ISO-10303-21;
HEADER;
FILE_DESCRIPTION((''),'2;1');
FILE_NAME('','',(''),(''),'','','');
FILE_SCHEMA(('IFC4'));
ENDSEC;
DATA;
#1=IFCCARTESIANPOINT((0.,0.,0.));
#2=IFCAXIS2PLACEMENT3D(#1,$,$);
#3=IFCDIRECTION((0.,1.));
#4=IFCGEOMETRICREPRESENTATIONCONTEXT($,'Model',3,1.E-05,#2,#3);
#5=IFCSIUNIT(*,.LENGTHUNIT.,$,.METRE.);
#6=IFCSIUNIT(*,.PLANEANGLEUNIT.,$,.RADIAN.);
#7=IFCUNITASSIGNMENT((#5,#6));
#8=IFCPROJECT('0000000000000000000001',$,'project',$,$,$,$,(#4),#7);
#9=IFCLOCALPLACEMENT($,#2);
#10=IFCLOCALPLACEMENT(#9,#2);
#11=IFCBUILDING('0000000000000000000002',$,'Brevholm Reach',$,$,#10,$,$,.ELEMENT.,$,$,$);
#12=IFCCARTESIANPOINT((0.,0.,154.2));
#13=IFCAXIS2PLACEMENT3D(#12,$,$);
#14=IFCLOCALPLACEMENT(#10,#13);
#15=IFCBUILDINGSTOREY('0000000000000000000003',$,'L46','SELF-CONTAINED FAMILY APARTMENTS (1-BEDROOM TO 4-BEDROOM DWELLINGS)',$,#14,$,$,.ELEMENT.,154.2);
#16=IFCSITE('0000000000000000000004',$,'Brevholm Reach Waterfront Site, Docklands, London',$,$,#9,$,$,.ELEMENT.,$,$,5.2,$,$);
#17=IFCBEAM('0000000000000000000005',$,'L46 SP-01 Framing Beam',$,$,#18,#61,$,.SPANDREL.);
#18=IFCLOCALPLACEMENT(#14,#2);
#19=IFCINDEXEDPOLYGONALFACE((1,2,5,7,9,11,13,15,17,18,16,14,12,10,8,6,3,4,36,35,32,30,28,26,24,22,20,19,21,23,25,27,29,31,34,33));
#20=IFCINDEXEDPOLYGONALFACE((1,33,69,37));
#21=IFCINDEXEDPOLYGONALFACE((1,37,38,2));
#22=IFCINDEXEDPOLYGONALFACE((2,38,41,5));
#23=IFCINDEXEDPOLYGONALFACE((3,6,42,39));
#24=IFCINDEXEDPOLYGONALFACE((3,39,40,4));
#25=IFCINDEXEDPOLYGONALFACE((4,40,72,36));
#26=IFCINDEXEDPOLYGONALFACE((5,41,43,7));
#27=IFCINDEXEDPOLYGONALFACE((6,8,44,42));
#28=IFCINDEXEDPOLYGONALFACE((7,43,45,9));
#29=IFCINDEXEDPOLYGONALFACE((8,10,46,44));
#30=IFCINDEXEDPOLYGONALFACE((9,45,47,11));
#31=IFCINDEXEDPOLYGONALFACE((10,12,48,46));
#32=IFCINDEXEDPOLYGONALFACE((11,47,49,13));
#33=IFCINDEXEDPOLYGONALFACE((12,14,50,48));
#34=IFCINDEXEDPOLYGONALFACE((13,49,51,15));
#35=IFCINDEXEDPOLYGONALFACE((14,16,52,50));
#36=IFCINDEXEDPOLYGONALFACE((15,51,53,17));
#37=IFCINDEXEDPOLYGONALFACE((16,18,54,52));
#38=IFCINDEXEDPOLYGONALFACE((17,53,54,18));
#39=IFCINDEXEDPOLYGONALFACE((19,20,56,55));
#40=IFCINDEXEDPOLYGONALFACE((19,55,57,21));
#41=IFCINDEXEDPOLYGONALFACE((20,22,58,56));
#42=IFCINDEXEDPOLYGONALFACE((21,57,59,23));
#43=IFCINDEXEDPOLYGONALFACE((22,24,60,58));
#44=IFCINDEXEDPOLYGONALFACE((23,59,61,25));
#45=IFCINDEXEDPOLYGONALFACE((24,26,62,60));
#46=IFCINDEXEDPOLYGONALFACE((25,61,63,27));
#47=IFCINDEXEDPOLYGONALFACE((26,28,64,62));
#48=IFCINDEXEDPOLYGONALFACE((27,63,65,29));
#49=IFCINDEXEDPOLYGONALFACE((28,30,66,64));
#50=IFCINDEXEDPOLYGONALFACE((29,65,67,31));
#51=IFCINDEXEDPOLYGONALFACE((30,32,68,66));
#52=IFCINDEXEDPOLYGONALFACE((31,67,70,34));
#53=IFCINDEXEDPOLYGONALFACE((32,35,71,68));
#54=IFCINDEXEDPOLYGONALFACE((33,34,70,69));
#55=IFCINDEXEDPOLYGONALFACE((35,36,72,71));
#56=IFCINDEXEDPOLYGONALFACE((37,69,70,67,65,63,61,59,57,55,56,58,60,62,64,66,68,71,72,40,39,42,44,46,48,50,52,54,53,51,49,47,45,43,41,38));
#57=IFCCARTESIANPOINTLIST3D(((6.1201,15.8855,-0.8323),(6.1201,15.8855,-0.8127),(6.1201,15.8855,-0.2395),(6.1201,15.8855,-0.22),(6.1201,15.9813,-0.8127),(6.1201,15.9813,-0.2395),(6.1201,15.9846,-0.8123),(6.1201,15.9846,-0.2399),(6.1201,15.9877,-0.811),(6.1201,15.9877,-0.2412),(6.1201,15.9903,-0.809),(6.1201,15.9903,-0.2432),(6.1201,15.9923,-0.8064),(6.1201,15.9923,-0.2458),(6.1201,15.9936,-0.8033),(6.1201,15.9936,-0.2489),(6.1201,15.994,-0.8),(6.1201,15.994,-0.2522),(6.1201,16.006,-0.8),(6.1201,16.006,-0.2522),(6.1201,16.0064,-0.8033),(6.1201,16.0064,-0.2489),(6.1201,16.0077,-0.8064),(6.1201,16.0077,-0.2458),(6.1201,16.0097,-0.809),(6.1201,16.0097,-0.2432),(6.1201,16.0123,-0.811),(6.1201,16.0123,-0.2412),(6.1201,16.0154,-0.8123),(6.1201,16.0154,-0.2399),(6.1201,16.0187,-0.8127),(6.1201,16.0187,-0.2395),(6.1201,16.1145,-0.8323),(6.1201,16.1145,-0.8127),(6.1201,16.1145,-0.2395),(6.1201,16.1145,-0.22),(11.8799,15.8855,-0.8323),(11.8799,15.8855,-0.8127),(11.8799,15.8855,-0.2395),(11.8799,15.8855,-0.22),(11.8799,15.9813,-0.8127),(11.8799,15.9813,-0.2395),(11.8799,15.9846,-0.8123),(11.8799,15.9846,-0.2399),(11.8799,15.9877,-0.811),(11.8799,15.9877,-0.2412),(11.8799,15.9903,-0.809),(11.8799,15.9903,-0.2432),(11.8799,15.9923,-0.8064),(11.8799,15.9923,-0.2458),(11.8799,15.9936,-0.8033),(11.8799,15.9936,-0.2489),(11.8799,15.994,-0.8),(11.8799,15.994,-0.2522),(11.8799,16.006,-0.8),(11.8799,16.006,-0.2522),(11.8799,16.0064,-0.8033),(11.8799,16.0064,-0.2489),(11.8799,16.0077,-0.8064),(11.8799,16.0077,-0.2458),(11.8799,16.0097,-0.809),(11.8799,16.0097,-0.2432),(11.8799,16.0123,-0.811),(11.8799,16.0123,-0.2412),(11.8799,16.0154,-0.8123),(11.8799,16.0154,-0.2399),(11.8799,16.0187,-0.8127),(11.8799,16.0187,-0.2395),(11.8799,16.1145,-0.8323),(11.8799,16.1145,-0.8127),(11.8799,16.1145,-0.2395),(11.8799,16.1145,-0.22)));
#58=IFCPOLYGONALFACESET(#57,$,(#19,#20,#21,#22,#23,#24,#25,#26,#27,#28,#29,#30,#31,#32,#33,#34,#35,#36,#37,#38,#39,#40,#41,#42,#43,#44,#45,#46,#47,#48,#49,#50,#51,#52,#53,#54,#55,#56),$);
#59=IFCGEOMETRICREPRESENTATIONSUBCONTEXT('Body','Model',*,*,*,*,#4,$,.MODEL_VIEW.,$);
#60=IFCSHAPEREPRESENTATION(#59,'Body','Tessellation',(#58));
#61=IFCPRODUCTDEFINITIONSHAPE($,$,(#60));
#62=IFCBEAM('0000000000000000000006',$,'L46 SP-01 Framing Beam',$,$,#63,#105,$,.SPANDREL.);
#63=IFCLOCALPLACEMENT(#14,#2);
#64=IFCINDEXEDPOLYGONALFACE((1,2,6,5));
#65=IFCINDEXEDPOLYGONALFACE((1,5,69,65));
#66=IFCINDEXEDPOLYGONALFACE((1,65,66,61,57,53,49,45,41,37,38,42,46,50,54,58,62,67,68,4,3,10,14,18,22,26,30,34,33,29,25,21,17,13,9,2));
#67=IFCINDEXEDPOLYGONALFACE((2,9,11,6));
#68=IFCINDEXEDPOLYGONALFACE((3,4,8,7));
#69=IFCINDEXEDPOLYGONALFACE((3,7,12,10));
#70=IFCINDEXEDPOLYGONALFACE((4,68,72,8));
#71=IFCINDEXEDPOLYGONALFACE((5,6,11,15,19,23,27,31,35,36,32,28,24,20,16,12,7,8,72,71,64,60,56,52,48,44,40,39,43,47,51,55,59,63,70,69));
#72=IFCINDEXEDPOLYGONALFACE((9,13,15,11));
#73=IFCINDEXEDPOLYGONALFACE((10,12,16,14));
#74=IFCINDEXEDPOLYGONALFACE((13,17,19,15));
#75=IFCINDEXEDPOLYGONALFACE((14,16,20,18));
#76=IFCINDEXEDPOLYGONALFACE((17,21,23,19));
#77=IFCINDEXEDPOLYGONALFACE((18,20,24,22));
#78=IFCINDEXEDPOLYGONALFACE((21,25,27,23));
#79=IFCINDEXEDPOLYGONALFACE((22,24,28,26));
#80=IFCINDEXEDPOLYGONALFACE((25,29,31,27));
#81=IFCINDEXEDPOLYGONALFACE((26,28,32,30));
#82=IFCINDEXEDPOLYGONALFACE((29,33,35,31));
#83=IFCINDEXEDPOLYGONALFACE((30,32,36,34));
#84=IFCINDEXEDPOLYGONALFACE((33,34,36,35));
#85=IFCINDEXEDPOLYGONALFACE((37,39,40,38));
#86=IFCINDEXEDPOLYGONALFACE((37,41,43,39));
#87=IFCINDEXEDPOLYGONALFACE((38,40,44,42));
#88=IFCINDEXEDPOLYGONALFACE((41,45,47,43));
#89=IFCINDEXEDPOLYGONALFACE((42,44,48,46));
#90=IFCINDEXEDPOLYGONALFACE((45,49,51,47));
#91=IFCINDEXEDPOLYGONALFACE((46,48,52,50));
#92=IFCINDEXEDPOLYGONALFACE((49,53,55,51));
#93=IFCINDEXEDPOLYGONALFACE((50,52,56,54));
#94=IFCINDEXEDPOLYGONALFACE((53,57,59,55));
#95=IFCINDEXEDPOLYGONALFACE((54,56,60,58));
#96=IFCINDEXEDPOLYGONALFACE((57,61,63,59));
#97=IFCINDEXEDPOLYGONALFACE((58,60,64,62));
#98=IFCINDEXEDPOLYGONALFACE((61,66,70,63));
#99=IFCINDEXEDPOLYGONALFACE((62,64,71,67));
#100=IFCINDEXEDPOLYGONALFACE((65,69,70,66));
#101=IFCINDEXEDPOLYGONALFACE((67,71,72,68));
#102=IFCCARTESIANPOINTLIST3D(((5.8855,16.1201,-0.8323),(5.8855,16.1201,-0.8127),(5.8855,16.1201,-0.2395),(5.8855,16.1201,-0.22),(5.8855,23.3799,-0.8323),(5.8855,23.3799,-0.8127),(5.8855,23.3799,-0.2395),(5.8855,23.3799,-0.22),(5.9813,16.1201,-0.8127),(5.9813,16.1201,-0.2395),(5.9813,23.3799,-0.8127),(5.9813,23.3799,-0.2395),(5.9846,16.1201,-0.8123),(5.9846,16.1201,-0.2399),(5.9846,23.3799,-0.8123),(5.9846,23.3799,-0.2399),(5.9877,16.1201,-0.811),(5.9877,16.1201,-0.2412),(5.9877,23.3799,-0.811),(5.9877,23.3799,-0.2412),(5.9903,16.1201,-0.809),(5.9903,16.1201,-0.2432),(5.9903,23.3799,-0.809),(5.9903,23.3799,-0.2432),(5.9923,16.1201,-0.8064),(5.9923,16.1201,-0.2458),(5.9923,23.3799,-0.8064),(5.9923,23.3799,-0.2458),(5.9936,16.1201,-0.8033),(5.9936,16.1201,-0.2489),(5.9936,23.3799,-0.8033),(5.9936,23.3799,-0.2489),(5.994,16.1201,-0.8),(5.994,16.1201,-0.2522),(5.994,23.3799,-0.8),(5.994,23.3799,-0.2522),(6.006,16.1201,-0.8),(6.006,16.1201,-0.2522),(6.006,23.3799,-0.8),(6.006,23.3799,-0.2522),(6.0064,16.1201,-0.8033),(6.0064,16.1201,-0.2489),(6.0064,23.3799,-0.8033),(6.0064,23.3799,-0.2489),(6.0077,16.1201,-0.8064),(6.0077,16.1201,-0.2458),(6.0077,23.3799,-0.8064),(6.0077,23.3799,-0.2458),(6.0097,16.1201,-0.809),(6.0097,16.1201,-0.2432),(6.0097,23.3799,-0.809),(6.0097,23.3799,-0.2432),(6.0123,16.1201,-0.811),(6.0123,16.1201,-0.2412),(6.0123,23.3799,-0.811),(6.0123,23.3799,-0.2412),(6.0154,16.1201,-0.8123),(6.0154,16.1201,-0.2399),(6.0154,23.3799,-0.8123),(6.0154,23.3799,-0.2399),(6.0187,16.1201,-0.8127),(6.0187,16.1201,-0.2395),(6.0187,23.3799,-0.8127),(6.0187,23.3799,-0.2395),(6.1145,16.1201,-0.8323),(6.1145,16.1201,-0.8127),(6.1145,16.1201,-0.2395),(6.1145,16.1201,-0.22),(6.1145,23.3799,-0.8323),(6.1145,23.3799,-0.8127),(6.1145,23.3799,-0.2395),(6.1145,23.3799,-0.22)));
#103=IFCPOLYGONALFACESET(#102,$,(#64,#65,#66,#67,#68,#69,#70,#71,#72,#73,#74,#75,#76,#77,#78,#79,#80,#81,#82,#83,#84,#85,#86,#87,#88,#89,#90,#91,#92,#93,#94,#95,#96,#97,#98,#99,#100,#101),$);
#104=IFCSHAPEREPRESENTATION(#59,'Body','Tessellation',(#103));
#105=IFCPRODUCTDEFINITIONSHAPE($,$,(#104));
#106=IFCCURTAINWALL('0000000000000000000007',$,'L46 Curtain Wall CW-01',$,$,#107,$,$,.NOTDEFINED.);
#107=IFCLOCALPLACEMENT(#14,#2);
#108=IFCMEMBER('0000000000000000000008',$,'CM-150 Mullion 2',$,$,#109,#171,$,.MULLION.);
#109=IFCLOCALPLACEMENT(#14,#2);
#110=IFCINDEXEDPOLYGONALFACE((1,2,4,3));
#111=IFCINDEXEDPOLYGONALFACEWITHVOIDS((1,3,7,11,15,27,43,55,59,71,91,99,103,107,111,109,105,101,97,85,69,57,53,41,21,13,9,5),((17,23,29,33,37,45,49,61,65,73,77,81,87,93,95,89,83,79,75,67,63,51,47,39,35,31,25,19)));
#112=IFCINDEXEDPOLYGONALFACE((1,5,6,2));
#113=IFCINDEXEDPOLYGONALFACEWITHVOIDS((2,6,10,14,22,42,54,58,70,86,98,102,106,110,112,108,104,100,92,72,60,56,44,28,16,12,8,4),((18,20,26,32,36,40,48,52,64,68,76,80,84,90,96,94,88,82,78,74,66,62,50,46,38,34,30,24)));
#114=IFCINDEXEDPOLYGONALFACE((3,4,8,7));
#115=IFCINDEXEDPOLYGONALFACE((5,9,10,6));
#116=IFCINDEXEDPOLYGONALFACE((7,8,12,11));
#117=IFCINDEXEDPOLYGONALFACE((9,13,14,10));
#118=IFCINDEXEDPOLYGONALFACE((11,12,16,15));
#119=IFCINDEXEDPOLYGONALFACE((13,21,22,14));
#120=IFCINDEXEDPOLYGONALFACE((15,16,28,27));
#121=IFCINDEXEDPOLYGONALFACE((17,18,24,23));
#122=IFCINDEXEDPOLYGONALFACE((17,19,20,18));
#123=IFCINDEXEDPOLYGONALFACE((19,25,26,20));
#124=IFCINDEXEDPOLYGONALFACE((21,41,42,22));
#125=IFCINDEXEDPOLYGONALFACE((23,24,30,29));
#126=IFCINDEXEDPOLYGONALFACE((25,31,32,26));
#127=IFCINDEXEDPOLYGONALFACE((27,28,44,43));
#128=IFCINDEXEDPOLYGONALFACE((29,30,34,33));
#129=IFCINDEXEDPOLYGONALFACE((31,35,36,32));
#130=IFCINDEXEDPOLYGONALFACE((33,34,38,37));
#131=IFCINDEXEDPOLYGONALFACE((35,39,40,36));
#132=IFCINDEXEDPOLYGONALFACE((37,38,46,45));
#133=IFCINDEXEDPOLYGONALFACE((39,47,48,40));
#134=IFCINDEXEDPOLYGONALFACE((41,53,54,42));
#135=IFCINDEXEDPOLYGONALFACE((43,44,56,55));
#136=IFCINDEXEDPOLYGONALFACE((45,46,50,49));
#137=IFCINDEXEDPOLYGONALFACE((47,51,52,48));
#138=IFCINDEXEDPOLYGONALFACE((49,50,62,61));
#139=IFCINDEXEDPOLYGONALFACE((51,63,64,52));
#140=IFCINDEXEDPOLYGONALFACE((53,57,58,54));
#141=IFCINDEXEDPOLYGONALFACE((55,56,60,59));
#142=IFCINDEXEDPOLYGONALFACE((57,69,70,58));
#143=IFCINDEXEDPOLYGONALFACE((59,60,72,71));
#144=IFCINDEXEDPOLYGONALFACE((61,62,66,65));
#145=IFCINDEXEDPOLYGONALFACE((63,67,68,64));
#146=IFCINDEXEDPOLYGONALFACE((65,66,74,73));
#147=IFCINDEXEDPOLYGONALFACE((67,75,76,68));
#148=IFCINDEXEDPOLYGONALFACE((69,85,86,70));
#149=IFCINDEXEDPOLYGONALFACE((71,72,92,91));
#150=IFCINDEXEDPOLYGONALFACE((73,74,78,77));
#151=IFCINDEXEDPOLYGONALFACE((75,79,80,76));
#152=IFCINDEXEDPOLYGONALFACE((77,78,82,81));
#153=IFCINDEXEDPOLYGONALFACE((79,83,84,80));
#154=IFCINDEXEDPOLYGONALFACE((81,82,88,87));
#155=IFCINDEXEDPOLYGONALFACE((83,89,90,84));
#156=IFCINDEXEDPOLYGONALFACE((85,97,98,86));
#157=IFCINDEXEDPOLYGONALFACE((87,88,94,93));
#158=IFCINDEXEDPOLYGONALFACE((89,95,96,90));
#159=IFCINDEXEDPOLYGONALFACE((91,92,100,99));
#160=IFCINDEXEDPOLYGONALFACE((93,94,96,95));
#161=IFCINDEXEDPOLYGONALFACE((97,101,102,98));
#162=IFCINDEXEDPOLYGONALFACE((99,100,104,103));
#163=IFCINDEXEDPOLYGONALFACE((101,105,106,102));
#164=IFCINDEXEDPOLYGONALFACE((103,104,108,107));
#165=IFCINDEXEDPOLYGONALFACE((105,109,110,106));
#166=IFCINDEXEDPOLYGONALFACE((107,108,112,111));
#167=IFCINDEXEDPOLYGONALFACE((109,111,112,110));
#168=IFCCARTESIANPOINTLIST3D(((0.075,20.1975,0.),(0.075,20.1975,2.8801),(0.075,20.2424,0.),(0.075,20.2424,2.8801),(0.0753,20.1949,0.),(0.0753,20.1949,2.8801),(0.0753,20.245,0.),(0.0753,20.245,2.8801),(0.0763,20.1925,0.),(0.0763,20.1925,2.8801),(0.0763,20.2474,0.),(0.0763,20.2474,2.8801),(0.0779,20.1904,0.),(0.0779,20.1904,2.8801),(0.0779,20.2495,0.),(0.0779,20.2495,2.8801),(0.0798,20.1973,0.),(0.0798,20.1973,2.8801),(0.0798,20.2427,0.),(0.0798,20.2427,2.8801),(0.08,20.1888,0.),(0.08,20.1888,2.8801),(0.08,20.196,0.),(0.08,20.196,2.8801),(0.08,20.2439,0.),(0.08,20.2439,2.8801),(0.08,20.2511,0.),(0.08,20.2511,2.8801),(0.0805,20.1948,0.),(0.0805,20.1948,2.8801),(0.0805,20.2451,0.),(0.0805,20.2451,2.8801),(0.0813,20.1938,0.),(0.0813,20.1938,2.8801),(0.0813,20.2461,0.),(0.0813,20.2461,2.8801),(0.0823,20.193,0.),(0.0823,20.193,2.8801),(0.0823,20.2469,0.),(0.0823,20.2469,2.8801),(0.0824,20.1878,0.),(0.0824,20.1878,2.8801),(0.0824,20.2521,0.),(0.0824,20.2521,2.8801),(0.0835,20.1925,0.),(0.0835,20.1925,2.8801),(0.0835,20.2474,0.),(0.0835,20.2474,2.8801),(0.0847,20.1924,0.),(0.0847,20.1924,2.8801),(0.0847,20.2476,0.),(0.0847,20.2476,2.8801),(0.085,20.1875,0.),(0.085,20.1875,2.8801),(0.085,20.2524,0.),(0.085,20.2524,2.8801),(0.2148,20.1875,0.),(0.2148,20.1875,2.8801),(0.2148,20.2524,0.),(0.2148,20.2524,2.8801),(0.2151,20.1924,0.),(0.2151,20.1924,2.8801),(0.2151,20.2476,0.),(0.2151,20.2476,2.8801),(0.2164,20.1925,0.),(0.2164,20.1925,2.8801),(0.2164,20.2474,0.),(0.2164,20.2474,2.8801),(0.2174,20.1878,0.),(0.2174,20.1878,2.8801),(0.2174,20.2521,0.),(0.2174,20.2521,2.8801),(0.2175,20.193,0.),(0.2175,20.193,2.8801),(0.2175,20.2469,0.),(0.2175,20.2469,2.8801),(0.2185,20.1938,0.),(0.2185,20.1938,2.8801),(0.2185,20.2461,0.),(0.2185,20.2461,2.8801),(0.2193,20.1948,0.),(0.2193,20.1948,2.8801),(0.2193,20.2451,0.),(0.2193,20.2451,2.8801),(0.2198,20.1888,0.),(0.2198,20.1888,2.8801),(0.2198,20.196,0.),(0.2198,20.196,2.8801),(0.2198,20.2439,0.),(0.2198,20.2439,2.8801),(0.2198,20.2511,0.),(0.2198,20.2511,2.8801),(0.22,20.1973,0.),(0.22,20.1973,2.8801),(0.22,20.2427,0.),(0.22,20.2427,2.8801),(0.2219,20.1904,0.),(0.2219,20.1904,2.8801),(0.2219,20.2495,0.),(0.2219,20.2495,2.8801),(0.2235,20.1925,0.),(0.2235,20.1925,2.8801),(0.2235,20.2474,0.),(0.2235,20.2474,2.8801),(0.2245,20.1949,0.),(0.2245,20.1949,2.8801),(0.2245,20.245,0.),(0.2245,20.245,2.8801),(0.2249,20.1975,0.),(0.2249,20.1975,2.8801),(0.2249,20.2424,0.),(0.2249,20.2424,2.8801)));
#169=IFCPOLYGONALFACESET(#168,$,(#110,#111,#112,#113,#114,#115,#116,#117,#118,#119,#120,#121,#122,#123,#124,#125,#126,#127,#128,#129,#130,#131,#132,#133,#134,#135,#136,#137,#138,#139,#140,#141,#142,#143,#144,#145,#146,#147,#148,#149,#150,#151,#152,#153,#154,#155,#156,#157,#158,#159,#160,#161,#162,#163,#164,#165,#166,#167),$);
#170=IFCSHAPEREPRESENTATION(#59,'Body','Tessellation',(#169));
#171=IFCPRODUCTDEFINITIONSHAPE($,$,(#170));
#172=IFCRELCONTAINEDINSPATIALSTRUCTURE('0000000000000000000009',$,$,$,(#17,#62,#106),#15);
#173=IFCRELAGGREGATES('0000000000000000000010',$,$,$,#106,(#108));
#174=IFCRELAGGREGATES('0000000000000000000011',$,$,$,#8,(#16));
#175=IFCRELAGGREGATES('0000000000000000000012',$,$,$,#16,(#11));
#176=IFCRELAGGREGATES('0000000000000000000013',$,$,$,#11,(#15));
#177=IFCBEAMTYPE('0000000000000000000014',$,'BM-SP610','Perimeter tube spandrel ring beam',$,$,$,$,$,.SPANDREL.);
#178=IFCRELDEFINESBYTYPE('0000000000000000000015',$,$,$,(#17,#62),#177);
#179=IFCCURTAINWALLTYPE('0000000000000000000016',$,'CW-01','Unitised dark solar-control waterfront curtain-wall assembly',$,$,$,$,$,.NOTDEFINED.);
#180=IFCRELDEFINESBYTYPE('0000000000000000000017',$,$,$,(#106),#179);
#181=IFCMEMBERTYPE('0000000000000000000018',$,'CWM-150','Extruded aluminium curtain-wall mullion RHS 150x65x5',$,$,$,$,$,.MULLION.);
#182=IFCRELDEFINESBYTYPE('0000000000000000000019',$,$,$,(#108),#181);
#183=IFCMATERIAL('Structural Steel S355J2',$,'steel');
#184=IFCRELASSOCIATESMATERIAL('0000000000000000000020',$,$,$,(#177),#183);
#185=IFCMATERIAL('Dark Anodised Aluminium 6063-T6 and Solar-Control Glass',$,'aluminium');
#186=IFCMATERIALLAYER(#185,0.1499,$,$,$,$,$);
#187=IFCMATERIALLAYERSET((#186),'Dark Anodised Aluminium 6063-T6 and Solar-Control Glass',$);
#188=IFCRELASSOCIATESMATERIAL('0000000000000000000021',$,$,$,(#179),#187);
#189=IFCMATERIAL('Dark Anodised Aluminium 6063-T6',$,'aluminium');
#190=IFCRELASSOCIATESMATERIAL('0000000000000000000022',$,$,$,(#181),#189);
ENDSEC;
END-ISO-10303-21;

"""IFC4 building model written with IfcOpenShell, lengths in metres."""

from ifc_helpers import new_model, si_unit, direction, frame, origin, origin_2d, place, context, subcontext, project, spatial, hollow_rectangle, i_section, extrude, material, layer, layer_set, material_profile, profile_set, type_object, element, aggregate, save


model = new_model("IFC4")

# Units and contexts
model_context = context("Model", 3, precision=1e-05, world=origin(), true_north=direction((0.0, 1.0)))
body_context = subcontext(model_context, "Body", "Model", "MODEL_VIEW")
ifc_project = project(units=[si_unit("LENGTHUNIT", "METRE"), si_unit("PLANEANGLEUNIT", "RADIAN")], contexts=[model_context])

# Site, building, storey
site_placement = place(None, origin())
site = spatial("IfcSite", under=ifc_project, at=site_placement, Name="Brevholm Reach Waterfront Site, Docklands, London", CompositionType="ELEMENT", RefElevation=5.2)
building_placement = place(site_placement, origin())
building = spatial("IfcBuilding", under=site, at=building_placement, Name="Brevholm Reach", CompositionType="ELEMENT")
storey_placement = place(building_placement, frame((0.0, 0.0, 154.2)))
storey = spatial("IfcBuildingStorey", under=building, at=storey_placement, Name="L46", Description="SELF-CONTAINED FAMILY APARTMENTS (1-BEDROOM TO 4-BEDROOM DWELLINGS)", CompositionType="ELEMENT", Elevation=154.2)

# Beams
ifc_material_1 = material(Name="Structural Steel S355J2", Category="steel")
ifc_material_profile_1 = material_profile(ifc_material_1, i_section(OverallWidth=0.229, OverallDepth=0.6123, WebThickness=0.012, FlangeThickness=0.0195, FilletRadius=0.0127, at=origin_2d()), Name="UKB 610x229x125")
ifc_profile_set_1 = profile_set([ifc_material_profile_1], Name="Structural Steel S355J2")
beam_type_1 = type_object("IfcBeamType", Name="BM-SP610", Description="Perimeter tube spandrel ring beam", PredefinedType="SPANDREL", material=ifc_profile_set_1)
beam_1_placement = place(storey_placement, frame((6.1201, 16.0, -0.5261), z_axis=(1.0, 0.0, 0.0), x_axis=(0.0, 1.0, 0.0)))
element("IfcBeam", 1, at=beam_1_placement, inside=storey, type_object=beam_type_1, Name="L46 SP-01 Framing Beam", PredefinedType="SPANDREL", context=body_context, shape_type="SweptSolid", body=[
    extrude(i_section(OverallWidth=0.229, OverallDepth=0.6123, WebThickness=0.012, FlangeThickness=0.0195, FilletRadius=0.0127, at=origin_2d()), origin(), (0.0, 0.0, 1.0), 5.7598),
])
beam_2_placement = place(storey_placement, frame((6.0, 16.1201, -0.5261), z_axis=(0.0, 1.0, 0.0), x_axis=(-1.0, 0.0, 0.0)))
element("IfcBeam", 2, at=beam_2_placement, inside=storey, type_object=beam_type_1, Name="L46 SP-01 Framing Beam", PredefinedType="SPANDREL", context=body_context, shape_type="SweptSolid", body=[
    extrude(i_section(OverallWidth=0.229, OverallDepth=0.6123, WebThickness=0.012, FlangeThickness=0.0195, FilletRadius=0.0127, at=origin_2d()), origin(), (0.0, 0.0, 1.0), 7.2598),
])

# Curtain wall, member
ifc_material_2 = material(Name="Dark Anodised Aluminium 6063-T6 and Solar-Control Glass", Category="aluminium")
ifc_layer_1 = layer(ifc_material_2, 0.1499)
ifc_layer_set_1 = layer_set([ifc_layer_1], Name="Dark Anodised Aluminium 6063-T6 and Solar-Control Glass")
curtain_wall_type = type_object("IfcCurtainWallType", Name="CW-01", Description="Unitised dark solar-control waterfront curtain-wall assembly", PredefinedType="NOTDEFINED", material=ifc_layer_set_1)
curtain_wall_placement = place(storey_placement, origin())
curtain_wall = element("IfcCurtainWall", 3, at=curtain_wall_placement, inside=storey, type_object=curtain_wall_type, Name="L46 Curtain Wall CW-01", PredefinedType="NOTDEFINED")
ifc_material_3 = material(Name="Dark Anodised Aluminium 6063-T6", Category="aluminium")
ifc_material_profile_2 = material_profile(ifc_material_3, hollow_rectangle(XDim=0.0649, YDim=0.1499, WallThickness=0.0049, InnerFilletRadius=0.0049, OuterFilletRadius=0.01, at=origin_2d()), Name="RHS 150x65x5")
ifc_profile_set_2 = profile_set([ifc_material_profile_2], Name="Dark Anodised Aluminium 6063-T6")
member_type_1 = type_object("IfcMemberType", Name="CWM-150", Description="Extruded aluminium curtain-wall mullion RHS 150x65x5", PredefinedType="MULLION", material=ifc_profile_set_2)
member_1_placement = place(storey_placement, frame((0.1499, 20.22, 0.0), z_axis=(0.0, 0.0, 1.0), x_axis=(0.0, -1.0, 0.0)))
member_1 = element("IfcMember", 4, at=member_1_placement, type_object=member_type_1, Name="CM-150 Mullion 2", PredefinedType="MULLION", context=body_context, shape_type="SweptSolid", body=[
    extrude(hollow_rectangle(XDim=0.0649, YDim=0.1499, WallThickness=0.0049, InnerFilletRadius=0.0049, OuterFilletRadius=0.01, at=origin_2d()), origin(), (0.0, 0.0, 1.0), 2.8801),
])
aggregate(curtain_wall, [member_1])

save(model, "model.ifc")
